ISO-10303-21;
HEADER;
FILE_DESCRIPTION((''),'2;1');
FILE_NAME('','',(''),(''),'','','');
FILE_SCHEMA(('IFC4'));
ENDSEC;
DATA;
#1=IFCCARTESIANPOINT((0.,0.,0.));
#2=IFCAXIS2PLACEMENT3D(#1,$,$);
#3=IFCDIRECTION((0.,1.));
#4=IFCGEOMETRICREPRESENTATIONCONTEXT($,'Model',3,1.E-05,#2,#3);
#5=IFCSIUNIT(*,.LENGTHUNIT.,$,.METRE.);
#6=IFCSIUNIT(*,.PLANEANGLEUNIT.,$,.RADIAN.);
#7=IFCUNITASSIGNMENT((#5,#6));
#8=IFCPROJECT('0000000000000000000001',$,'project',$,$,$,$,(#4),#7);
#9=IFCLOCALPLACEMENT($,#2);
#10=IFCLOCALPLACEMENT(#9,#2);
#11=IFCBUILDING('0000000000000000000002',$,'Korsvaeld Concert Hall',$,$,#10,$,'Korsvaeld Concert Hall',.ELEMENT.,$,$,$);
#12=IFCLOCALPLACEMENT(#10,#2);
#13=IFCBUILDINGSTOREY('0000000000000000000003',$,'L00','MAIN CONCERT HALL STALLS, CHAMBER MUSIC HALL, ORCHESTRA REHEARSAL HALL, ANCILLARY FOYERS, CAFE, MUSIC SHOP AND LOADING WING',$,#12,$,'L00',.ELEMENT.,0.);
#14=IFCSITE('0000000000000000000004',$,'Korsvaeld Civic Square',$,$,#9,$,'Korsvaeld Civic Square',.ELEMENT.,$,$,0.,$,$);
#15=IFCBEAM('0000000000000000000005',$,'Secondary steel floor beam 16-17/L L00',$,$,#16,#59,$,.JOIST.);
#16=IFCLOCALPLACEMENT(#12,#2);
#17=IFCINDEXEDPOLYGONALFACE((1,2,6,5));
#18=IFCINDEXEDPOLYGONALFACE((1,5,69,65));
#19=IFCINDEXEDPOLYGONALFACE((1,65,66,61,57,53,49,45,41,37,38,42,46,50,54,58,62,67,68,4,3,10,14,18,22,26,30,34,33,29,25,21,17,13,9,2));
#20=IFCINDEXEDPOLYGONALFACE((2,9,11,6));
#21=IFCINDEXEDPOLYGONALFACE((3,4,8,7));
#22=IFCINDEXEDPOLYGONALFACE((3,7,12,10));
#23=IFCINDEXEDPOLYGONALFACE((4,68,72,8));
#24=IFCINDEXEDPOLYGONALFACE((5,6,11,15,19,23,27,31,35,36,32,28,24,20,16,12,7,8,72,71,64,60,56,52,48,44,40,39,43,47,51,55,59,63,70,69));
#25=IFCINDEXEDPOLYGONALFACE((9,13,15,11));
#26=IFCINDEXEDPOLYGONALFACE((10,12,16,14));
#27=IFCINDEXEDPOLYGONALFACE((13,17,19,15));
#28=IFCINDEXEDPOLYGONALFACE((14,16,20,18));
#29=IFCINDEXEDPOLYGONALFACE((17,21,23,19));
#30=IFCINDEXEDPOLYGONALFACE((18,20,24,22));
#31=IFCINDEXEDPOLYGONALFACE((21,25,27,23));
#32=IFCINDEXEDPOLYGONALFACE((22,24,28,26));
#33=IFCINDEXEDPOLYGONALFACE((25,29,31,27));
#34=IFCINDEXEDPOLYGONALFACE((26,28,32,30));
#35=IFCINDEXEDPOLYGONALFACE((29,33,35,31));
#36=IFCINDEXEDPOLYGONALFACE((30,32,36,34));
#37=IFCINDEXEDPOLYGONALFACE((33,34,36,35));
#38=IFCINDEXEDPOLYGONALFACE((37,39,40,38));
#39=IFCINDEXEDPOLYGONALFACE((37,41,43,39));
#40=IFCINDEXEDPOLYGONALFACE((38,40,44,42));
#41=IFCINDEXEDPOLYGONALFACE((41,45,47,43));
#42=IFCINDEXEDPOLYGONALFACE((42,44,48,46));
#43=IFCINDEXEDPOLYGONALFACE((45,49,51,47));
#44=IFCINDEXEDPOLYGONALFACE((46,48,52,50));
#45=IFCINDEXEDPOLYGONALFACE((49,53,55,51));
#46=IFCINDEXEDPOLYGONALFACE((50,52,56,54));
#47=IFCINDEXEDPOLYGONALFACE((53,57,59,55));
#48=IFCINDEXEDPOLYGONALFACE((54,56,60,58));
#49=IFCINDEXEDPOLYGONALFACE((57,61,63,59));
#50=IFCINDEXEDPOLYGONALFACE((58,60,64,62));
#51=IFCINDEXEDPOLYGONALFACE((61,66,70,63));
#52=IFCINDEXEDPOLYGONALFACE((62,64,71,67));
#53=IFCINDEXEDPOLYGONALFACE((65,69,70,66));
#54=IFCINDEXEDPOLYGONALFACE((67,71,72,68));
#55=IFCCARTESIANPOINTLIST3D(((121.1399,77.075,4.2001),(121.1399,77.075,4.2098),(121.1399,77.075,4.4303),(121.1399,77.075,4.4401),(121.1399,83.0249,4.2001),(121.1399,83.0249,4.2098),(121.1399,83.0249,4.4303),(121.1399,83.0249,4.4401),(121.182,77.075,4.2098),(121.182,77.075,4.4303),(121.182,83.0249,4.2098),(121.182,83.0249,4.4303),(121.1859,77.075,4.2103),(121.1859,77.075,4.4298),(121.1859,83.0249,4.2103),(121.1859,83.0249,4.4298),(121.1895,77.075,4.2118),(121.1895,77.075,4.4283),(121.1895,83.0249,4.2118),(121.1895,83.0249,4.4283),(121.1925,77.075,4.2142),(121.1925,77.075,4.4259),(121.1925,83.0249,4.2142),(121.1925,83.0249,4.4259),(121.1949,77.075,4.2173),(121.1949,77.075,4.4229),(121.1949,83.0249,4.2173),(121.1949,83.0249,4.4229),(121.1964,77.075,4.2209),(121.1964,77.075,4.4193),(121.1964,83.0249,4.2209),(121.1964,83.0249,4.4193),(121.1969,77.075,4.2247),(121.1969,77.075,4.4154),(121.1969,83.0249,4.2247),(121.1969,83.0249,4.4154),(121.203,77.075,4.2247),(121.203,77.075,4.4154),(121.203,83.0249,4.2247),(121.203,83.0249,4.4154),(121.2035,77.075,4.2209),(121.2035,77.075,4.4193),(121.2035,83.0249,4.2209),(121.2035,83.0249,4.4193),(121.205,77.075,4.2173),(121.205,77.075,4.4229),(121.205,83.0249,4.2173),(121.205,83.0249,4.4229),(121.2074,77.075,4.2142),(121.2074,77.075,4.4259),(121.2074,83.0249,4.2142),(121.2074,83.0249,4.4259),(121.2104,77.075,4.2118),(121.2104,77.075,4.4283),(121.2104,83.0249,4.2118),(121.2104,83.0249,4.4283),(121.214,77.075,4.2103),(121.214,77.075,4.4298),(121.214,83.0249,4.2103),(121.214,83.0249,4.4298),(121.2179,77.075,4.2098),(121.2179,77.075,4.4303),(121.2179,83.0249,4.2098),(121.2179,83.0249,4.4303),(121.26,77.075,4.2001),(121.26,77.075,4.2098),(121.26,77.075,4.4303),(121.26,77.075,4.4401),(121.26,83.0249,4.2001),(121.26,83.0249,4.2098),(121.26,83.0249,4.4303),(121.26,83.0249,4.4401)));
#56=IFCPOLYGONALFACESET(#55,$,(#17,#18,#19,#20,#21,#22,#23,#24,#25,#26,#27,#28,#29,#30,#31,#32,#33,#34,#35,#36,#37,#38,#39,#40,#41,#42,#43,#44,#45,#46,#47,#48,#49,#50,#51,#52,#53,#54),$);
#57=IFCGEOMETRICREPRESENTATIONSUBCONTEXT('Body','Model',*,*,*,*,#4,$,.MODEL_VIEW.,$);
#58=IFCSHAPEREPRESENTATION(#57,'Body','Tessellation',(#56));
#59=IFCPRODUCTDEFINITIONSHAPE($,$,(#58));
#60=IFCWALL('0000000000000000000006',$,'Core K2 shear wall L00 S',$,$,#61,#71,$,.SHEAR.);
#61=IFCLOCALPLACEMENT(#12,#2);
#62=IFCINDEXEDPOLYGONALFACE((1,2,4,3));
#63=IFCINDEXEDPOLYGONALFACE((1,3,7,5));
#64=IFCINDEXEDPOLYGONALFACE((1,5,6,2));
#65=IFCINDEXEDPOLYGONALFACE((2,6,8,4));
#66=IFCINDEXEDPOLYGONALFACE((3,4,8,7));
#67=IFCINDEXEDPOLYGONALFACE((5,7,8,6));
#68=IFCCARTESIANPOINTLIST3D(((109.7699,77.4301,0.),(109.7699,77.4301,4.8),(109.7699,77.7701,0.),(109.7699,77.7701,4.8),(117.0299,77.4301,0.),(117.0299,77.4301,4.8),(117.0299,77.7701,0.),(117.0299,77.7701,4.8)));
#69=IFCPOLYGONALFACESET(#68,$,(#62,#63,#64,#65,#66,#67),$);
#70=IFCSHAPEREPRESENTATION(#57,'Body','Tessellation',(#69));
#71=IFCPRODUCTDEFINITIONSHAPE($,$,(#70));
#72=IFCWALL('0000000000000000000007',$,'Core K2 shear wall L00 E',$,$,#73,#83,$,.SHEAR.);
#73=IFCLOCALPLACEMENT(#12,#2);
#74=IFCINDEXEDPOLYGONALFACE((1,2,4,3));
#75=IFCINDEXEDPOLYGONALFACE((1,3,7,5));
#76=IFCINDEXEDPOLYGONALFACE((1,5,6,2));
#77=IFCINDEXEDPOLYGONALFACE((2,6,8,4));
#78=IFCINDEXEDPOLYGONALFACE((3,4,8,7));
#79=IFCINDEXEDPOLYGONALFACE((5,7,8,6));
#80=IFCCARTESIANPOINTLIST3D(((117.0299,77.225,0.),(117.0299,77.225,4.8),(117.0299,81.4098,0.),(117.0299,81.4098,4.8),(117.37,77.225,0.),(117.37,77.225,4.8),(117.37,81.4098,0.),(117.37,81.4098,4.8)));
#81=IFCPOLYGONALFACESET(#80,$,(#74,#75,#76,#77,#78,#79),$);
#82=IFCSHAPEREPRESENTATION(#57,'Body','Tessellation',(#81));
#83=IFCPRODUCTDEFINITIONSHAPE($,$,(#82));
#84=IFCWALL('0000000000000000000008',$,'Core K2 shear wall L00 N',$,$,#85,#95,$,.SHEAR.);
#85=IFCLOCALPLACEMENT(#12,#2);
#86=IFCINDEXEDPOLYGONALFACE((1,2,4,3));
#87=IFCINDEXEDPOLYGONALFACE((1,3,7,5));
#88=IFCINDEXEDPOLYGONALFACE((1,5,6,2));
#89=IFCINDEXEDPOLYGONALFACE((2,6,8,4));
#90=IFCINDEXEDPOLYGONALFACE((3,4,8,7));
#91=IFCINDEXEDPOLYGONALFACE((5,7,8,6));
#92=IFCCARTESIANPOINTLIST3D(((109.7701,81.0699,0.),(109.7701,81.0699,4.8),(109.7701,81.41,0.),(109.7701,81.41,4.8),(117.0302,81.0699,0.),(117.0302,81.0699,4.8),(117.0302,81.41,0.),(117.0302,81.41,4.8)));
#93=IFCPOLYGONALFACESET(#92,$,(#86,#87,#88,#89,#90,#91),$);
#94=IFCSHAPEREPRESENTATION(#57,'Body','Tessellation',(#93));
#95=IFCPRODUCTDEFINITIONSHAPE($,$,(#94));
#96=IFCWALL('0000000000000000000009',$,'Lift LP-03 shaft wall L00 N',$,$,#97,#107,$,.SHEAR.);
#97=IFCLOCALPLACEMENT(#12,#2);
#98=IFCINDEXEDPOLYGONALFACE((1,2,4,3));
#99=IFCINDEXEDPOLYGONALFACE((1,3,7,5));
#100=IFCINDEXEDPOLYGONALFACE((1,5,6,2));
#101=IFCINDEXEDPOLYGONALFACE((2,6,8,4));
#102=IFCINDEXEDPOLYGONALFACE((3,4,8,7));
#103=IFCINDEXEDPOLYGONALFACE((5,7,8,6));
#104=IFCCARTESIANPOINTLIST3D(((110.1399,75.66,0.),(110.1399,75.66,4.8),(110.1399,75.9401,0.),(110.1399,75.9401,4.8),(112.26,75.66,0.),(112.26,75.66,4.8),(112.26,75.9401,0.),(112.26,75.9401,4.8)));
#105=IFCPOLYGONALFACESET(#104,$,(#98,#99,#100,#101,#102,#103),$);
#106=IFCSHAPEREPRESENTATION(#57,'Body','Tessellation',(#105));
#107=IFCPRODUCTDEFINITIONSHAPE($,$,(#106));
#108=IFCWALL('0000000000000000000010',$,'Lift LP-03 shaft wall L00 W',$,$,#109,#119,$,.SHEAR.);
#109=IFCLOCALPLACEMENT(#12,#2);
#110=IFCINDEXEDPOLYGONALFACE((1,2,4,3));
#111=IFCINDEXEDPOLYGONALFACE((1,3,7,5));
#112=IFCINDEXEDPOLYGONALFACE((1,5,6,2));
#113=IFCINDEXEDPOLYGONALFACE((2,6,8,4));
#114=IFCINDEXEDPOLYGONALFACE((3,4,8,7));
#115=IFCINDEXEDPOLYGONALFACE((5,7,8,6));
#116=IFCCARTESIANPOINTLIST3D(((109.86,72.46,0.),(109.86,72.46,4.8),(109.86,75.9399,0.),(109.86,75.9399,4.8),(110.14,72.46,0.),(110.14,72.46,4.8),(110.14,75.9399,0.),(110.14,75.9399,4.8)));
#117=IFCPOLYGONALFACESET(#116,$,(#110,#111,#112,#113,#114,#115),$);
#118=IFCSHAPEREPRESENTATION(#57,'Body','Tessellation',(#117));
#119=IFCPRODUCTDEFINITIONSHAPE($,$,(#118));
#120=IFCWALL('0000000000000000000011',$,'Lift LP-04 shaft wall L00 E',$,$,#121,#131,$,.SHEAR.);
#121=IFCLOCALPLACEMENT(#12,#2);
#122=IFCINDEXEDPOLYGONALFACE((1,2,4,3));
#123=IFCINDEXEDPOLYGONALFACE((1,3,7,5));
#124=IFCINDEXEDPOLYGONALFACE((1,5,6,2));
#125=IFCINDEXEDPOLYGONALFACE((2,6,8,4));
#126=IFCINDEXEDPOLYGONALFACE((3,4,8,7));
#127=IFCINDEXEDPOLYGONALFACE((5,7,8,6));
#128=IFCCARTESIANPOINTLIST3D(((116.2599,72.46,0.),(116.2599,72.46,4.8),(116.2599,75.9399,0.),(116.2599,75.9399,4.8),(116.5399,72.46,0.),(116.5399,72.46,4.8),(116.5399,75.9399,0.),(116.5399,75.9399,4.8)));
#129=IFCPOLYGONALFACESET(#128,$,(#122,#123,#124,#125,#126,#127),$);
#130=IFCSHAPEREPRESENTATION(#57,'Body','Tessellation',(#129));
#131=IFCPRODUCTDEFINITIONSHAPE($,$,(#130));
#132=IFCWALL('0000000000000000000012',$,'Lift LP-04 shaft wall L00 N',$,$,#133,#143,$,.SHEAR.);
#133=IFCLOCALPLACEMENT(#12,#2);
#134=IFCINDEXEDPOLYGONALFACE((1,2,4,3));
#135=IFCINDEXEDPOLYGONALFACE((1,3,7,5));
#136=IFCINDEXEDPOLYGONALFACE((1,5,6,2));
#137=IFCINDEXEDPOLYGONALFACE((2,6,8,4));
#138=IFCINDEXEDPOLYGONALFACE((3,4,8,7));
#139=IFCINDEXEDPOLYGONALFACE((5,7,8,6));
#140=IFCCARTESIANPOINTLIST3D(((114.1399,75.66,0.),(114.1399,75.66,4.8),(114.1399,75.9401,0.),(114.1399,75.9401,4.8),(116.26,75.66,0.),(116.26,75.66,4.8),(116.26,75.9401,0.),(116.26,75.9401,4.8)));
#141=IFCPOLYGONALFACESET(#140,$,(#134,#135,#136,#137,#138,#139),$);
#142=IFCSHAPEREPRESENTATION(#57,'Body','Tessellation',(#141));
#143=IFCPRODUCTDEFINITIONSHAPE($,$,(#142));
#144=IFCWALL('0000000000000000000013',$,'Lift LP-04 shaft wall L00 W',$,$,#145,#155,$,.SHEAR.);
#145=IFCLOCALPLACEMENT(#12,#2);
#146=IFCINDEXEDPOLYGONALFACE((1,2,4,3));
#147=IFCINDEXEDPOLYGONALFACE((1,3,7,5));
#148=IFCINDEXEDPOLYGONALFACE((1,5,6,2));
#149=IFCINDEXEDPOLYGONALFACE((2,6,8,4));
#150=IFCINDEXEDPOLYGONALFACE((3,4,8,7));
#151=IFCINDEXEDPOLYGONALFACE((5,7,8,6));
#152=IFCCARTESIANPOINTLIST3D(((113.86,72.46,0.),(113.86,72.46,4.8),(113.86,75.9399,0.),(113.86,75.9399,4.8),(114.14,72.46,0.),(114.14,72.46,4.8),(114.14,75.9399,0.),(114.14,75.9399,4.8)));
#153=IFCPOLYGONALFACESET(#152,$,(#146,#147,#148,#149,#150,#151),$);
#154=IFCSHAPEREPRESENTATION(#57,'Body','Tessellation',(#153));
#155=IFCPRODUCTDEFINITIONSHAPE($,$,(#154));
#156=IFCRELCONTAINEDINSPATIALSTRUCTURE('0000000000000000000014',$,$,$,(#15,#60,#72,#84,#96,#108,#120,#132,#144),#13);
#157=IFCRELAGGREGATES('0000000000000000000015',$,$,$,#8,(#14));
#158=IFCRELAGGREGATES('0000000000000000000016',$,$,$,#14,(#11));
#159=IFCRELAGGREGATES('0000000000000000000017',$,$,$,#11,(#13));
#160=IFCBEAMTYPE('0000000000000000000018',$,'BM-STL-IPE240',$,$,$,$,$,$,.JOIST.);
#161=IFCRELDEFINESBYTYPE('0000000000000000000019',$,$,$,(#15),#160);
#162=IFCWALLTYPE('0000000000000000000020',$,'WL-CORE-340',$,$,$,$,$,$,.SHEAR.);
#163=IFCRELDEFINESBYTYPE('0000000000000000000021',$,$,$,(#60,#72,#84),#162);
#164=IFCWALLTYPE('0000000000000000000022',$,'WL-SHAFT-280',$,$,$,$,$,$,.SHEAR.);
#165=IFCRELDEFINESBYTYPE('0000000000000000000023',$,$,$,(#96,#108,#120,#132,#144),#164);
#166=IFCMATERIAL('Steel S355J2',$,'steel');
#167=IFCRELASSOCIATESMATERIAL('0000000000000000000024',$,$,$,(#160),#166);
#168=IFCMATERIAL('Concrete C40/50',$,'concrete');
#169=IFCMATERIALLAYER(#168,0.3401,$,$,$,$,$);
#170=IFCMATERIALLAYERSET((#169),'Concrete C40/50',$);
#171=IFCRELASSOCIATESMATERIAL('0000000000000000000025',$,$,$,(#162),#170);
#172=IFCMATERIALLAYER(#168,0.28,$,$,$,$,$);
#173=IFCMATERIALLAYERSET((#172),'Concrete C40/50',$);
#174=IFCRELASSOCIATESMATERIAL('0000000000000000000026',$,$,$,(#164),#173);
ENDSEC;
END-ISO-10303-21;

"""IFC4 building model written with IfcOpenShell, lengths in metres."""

from ifc_helpers import new_model, si_unit, direction, frame, frame_2d, origin, origin_2d, place, context, subcontext, project, spatial, rectangle, i_section, extrude, material, layer, layer_set, material_profile, profile_set, type_object, element, save


model = new_model("IFC4")

# Units and contexts
model_context = context("Model", 3, precision=1e-05, world=origin(), true_north=direction((0.0, 1.0)))
body_context = subcontext(model_context, "Body", "Model", "MODEL_VIEW")
ifc_project = project(units=[si_unit("LENGTHUNIT", "METRE"), si_unit("PLANEANGLEUNIT", "RADIAN")], contexts=[model_context])

# Site, building, storey
site_placement = place(None, origin())
site = spatial("IfcSite", under=ifc_project, at=site_placement, Name="Korsvaeld Civic Square", LongName="Korsvaeld Civic Square", CompositionType="ELEMENT", RefElevation=0.0)
building_placement = place(site_placement, origin())
building = spatial("IfcBuilding", under=site, at=building_placement, Name="Korsvaeld Concert Hall", LongName="Korsvaeld Concert Hall", CompositionType="ELEMENT")
storey_placement = place(building_placement, origin())
storey = spatial("IfcBuildingStorey", under=building, at=storey_placement, Name="L00", Description="MAIN CONCERT HALL STALLS, CHAMBER MUSIC HALL, ORCHESTRA REHEARSAL HALL, ANCILLARY FOYERS, CAFE, MUSIC SHOP AND LOADING WING", LongName="L00", CompositionType="ELEMENT", Elevation=0.0)

# Shared definitions
ifc_material_1 = material(Name="Concrete C40/50", Category="concrete")

# Beam
ifc_material_2 = material(Name="Steel S355J2", Category="steel")
ifc_material_profile_1 = material_profile(ifc_material_2, i_section(OverallWidth=0.1201, OverallDepth=0.24, WebThickness=0.0061, FlangeThickness=0.0098, FilletRadius=0.0149, at=origin_2d()), Name="IPE 240")
ifc_profile_set_1 = profile_set([ifc_material_profile_1], Name="Steel S355J2")
beam_type_1 = type_object("IfcBeamType", Name="BM-STL-IPE240", PredefinedType="JOIST", material=ifc_profile_set_1)
beam_1_placement = place(storey_placement, frame((121.2, 77.075, 4.3201), z_axis=(0.0, 1.0, 0.0), x_axis=(-1.0, 0.0, 0.0)))
element("IfcBeam", 1, at=beam_1_placement, inside=storey, type_object=beam_type_1, Name="Secondary steel floor beam 16-17/L L00", PredefinedType="JOIST", context=body_context, shape_type="SweptSolid", body=[
    extrude(i_section(OverallWidth=0.1201, OverallDepth=0.24, WebThickness=0.0061, FlangeThickness=0.0098, FilletRadius=0.0149, at=origin_2d()), origin(), (0.0, 0.0, 1.0), 5.95),
])

# Walls
ifc_layer_1 = layer(ifc_material_1, 0.3401)
ifc_layer_set_1 = layer_set([ifc_layer_1], Name="Concrete C40/50")
wall_type_1 = type_object("IfcWallType", Name="WL-CORE-340", PredefinedType="SHEAR", material=ifc_layer_set_1)
wall_1_placement = place(storey_placement, frame((109.77, 77.6001, 0.0), z_axis=(0.0, 0.0, 1.0), x_axis=(1.0, 0.0, 0.0)))
element("IfcWall", 2, at=wall_1_placement, inside=storey, type_object=wall_type_1, Name="Core K2 shear wall L00 S", PredefinedType="SHEAR", context=body_context, shape_type="SweptSolid", body=[
    extrude(rectangle(XDim=7.26, YDim=0.3401, at=frame_2d((3.6299, 0.0))), origin(), (0.0, 0.0, 1.0), 4.8),
])
wall_2_placement = place(storey_placement, frame((117.2, 77.2251, 0.0), z_axis=(0.0, 0.0, 1.0), x_axis=(0.0, 1.0, 0.0)))
element("IfcWall", 3, at=wall_2_placement, inside=storey, type_object=wall_type_1, Name="Core K2 shear wall L00 E", PredefinedType="SHEAR", context=body_context, shape_type="SweptSolid", body=[
    extrude(rectangle(XDim=4.1848, YDim=0.3401, at=frame_2d((2.0923, 0.0))), origin(), (0.0, 0.0, 1.0), 4.8),
])
wall_3_placement = place(storey_placement, frame((117.03, 81.24, 0.0), z_axis=(0.0, 0.0, 1.0), x_axis=(-1.0, 0.0, 0.0)))
element("IfcWall", 4, at=wall_3_placement, inside=storey, type_object=wall_type_1, Name="Core K2 shear wall L00 N", PredefinedType="SHEAR", context=body_context, shape_type="SweptSolid", body=[
    extrude(rectangle(XDim=7.26, YDim=0.3401, at=frame_2d((3.6299, 0.0))), origin(), (0.0, 0.0, 1.0), 4.8),
])

# Shared definitions
ifc_layer_2 = layer(ifc_material_1, 0.28)
ifc_layer_set_2 = layer_set([ifc_layer_2], Name="Concrete C40/50")
wall_type_2 = type_object("IfcWallType", Name="WL-SHAFT-280", PredefinedType="SHEAR", material=ifc_layer_set_2)

# Walls
wall_4_placement = place(storey_placement, frame((112.26, 75.8, 0.0), z_axis=(0.0, 0.0, 1.0), x_axis=(-1.0, 0.0, 0.0)))
element("IfcWall", 5, at=wall_4_placement, inside=storey, type_object=wall_type_2, Name="Lift LP-03 shaft wall L00 N", PredefinedType="SHEAR", context=body_context, shape_type="SweptSolid", body=[
    extrude(rectangle(XDim=2.1201, YDim=0.28, at=frame_2d((1.0601, 0.0))), origin(), (0.0, 0.0, 1.0), 4.8),
])
wall_5_placement = place(storey_placement, frame((110.0, 75.9399, 0.0), z_axis=(0.0, 0.0, 1.0), x_axis=(0.0, -1.0, 0.0)))
element("IfcWall", 6, at=wall_5_placement, inside=storey, type_object=wall_type_2, Name="Lift LP-03 shaft wall L00 W", PredefinedType="SHEAR", context=body_context, shape_type="SweptSolid", body=[
    extrude(rectangle(XDim=3.48, YDim=0.28, at=frame_2d((1.74, 0.0))), origin(), (0.0, 0.0, 1.0), 4.8),
])

# Walls
wall_6_placement = place(storey_placement, frame((116.3999, 72.46, 0.0), z_axis=(0.0, 0.0, 1.0), x_axis=(0.0, 1.0, 0.0)))
element("IfcWall", 7, at=wall_6_placement, inside=storey, type_object=wall_type_2, Name="Lift LP-04 shaft wall L00 E", PredefinedType="SHEAR", context=body_context, shape_type="SweptSolid", body=[
    extrude(rectangle(XDim=3.48, YDim=0.28, at=frame_2d((1.74, 0.0))), origin(), (0.0, 0.0, 1.0), 4.8),
])
wall_7_placement = place(storey_placement, frame((116.26, 75.8, 0.0), z_axis=(0.0, 0.0, 1.0), x_axis=(-1.0, 0.0, 0.0)))
element("IfcWall", 8, at=wall_7_placement, inside=storey, type_object=wall_type_2, Name="Lift LP-04 shaft wall L00 N", PredefinedType="SHEAR", context=body_context, shape_type="SweptSolid", body=[
    extrude(rectangle(XDim=2.1201, YDim=0.28, at=frame_2d((1.0601, 0.0))), origin(), (0.0, 0.0, 1.0), 4.8),
])
wall_8_placement = place(storey_placement, frame((114.0, 75.9399, 0.0), z_axis=(0.0, 0.0, 1.0), x_axis=(0.0, -1.0, 0.0)))
element("IfcWall", 9, at=wall_8_placement, inside=storey, type_object=wall_type_2, Name="Lift LP-04 shaft wall L00 W", PredefinedType="SHEAR", context=body_context, shape_type="SweptSolid", body=[
    extrude(rectangle(XDim=3.48, YDim=0.28, at=frame_2d((1.74, 0.0))), origin(), (0.0, 0.0, 1.0), 4.8),
])

save(model, "model.ifc")
